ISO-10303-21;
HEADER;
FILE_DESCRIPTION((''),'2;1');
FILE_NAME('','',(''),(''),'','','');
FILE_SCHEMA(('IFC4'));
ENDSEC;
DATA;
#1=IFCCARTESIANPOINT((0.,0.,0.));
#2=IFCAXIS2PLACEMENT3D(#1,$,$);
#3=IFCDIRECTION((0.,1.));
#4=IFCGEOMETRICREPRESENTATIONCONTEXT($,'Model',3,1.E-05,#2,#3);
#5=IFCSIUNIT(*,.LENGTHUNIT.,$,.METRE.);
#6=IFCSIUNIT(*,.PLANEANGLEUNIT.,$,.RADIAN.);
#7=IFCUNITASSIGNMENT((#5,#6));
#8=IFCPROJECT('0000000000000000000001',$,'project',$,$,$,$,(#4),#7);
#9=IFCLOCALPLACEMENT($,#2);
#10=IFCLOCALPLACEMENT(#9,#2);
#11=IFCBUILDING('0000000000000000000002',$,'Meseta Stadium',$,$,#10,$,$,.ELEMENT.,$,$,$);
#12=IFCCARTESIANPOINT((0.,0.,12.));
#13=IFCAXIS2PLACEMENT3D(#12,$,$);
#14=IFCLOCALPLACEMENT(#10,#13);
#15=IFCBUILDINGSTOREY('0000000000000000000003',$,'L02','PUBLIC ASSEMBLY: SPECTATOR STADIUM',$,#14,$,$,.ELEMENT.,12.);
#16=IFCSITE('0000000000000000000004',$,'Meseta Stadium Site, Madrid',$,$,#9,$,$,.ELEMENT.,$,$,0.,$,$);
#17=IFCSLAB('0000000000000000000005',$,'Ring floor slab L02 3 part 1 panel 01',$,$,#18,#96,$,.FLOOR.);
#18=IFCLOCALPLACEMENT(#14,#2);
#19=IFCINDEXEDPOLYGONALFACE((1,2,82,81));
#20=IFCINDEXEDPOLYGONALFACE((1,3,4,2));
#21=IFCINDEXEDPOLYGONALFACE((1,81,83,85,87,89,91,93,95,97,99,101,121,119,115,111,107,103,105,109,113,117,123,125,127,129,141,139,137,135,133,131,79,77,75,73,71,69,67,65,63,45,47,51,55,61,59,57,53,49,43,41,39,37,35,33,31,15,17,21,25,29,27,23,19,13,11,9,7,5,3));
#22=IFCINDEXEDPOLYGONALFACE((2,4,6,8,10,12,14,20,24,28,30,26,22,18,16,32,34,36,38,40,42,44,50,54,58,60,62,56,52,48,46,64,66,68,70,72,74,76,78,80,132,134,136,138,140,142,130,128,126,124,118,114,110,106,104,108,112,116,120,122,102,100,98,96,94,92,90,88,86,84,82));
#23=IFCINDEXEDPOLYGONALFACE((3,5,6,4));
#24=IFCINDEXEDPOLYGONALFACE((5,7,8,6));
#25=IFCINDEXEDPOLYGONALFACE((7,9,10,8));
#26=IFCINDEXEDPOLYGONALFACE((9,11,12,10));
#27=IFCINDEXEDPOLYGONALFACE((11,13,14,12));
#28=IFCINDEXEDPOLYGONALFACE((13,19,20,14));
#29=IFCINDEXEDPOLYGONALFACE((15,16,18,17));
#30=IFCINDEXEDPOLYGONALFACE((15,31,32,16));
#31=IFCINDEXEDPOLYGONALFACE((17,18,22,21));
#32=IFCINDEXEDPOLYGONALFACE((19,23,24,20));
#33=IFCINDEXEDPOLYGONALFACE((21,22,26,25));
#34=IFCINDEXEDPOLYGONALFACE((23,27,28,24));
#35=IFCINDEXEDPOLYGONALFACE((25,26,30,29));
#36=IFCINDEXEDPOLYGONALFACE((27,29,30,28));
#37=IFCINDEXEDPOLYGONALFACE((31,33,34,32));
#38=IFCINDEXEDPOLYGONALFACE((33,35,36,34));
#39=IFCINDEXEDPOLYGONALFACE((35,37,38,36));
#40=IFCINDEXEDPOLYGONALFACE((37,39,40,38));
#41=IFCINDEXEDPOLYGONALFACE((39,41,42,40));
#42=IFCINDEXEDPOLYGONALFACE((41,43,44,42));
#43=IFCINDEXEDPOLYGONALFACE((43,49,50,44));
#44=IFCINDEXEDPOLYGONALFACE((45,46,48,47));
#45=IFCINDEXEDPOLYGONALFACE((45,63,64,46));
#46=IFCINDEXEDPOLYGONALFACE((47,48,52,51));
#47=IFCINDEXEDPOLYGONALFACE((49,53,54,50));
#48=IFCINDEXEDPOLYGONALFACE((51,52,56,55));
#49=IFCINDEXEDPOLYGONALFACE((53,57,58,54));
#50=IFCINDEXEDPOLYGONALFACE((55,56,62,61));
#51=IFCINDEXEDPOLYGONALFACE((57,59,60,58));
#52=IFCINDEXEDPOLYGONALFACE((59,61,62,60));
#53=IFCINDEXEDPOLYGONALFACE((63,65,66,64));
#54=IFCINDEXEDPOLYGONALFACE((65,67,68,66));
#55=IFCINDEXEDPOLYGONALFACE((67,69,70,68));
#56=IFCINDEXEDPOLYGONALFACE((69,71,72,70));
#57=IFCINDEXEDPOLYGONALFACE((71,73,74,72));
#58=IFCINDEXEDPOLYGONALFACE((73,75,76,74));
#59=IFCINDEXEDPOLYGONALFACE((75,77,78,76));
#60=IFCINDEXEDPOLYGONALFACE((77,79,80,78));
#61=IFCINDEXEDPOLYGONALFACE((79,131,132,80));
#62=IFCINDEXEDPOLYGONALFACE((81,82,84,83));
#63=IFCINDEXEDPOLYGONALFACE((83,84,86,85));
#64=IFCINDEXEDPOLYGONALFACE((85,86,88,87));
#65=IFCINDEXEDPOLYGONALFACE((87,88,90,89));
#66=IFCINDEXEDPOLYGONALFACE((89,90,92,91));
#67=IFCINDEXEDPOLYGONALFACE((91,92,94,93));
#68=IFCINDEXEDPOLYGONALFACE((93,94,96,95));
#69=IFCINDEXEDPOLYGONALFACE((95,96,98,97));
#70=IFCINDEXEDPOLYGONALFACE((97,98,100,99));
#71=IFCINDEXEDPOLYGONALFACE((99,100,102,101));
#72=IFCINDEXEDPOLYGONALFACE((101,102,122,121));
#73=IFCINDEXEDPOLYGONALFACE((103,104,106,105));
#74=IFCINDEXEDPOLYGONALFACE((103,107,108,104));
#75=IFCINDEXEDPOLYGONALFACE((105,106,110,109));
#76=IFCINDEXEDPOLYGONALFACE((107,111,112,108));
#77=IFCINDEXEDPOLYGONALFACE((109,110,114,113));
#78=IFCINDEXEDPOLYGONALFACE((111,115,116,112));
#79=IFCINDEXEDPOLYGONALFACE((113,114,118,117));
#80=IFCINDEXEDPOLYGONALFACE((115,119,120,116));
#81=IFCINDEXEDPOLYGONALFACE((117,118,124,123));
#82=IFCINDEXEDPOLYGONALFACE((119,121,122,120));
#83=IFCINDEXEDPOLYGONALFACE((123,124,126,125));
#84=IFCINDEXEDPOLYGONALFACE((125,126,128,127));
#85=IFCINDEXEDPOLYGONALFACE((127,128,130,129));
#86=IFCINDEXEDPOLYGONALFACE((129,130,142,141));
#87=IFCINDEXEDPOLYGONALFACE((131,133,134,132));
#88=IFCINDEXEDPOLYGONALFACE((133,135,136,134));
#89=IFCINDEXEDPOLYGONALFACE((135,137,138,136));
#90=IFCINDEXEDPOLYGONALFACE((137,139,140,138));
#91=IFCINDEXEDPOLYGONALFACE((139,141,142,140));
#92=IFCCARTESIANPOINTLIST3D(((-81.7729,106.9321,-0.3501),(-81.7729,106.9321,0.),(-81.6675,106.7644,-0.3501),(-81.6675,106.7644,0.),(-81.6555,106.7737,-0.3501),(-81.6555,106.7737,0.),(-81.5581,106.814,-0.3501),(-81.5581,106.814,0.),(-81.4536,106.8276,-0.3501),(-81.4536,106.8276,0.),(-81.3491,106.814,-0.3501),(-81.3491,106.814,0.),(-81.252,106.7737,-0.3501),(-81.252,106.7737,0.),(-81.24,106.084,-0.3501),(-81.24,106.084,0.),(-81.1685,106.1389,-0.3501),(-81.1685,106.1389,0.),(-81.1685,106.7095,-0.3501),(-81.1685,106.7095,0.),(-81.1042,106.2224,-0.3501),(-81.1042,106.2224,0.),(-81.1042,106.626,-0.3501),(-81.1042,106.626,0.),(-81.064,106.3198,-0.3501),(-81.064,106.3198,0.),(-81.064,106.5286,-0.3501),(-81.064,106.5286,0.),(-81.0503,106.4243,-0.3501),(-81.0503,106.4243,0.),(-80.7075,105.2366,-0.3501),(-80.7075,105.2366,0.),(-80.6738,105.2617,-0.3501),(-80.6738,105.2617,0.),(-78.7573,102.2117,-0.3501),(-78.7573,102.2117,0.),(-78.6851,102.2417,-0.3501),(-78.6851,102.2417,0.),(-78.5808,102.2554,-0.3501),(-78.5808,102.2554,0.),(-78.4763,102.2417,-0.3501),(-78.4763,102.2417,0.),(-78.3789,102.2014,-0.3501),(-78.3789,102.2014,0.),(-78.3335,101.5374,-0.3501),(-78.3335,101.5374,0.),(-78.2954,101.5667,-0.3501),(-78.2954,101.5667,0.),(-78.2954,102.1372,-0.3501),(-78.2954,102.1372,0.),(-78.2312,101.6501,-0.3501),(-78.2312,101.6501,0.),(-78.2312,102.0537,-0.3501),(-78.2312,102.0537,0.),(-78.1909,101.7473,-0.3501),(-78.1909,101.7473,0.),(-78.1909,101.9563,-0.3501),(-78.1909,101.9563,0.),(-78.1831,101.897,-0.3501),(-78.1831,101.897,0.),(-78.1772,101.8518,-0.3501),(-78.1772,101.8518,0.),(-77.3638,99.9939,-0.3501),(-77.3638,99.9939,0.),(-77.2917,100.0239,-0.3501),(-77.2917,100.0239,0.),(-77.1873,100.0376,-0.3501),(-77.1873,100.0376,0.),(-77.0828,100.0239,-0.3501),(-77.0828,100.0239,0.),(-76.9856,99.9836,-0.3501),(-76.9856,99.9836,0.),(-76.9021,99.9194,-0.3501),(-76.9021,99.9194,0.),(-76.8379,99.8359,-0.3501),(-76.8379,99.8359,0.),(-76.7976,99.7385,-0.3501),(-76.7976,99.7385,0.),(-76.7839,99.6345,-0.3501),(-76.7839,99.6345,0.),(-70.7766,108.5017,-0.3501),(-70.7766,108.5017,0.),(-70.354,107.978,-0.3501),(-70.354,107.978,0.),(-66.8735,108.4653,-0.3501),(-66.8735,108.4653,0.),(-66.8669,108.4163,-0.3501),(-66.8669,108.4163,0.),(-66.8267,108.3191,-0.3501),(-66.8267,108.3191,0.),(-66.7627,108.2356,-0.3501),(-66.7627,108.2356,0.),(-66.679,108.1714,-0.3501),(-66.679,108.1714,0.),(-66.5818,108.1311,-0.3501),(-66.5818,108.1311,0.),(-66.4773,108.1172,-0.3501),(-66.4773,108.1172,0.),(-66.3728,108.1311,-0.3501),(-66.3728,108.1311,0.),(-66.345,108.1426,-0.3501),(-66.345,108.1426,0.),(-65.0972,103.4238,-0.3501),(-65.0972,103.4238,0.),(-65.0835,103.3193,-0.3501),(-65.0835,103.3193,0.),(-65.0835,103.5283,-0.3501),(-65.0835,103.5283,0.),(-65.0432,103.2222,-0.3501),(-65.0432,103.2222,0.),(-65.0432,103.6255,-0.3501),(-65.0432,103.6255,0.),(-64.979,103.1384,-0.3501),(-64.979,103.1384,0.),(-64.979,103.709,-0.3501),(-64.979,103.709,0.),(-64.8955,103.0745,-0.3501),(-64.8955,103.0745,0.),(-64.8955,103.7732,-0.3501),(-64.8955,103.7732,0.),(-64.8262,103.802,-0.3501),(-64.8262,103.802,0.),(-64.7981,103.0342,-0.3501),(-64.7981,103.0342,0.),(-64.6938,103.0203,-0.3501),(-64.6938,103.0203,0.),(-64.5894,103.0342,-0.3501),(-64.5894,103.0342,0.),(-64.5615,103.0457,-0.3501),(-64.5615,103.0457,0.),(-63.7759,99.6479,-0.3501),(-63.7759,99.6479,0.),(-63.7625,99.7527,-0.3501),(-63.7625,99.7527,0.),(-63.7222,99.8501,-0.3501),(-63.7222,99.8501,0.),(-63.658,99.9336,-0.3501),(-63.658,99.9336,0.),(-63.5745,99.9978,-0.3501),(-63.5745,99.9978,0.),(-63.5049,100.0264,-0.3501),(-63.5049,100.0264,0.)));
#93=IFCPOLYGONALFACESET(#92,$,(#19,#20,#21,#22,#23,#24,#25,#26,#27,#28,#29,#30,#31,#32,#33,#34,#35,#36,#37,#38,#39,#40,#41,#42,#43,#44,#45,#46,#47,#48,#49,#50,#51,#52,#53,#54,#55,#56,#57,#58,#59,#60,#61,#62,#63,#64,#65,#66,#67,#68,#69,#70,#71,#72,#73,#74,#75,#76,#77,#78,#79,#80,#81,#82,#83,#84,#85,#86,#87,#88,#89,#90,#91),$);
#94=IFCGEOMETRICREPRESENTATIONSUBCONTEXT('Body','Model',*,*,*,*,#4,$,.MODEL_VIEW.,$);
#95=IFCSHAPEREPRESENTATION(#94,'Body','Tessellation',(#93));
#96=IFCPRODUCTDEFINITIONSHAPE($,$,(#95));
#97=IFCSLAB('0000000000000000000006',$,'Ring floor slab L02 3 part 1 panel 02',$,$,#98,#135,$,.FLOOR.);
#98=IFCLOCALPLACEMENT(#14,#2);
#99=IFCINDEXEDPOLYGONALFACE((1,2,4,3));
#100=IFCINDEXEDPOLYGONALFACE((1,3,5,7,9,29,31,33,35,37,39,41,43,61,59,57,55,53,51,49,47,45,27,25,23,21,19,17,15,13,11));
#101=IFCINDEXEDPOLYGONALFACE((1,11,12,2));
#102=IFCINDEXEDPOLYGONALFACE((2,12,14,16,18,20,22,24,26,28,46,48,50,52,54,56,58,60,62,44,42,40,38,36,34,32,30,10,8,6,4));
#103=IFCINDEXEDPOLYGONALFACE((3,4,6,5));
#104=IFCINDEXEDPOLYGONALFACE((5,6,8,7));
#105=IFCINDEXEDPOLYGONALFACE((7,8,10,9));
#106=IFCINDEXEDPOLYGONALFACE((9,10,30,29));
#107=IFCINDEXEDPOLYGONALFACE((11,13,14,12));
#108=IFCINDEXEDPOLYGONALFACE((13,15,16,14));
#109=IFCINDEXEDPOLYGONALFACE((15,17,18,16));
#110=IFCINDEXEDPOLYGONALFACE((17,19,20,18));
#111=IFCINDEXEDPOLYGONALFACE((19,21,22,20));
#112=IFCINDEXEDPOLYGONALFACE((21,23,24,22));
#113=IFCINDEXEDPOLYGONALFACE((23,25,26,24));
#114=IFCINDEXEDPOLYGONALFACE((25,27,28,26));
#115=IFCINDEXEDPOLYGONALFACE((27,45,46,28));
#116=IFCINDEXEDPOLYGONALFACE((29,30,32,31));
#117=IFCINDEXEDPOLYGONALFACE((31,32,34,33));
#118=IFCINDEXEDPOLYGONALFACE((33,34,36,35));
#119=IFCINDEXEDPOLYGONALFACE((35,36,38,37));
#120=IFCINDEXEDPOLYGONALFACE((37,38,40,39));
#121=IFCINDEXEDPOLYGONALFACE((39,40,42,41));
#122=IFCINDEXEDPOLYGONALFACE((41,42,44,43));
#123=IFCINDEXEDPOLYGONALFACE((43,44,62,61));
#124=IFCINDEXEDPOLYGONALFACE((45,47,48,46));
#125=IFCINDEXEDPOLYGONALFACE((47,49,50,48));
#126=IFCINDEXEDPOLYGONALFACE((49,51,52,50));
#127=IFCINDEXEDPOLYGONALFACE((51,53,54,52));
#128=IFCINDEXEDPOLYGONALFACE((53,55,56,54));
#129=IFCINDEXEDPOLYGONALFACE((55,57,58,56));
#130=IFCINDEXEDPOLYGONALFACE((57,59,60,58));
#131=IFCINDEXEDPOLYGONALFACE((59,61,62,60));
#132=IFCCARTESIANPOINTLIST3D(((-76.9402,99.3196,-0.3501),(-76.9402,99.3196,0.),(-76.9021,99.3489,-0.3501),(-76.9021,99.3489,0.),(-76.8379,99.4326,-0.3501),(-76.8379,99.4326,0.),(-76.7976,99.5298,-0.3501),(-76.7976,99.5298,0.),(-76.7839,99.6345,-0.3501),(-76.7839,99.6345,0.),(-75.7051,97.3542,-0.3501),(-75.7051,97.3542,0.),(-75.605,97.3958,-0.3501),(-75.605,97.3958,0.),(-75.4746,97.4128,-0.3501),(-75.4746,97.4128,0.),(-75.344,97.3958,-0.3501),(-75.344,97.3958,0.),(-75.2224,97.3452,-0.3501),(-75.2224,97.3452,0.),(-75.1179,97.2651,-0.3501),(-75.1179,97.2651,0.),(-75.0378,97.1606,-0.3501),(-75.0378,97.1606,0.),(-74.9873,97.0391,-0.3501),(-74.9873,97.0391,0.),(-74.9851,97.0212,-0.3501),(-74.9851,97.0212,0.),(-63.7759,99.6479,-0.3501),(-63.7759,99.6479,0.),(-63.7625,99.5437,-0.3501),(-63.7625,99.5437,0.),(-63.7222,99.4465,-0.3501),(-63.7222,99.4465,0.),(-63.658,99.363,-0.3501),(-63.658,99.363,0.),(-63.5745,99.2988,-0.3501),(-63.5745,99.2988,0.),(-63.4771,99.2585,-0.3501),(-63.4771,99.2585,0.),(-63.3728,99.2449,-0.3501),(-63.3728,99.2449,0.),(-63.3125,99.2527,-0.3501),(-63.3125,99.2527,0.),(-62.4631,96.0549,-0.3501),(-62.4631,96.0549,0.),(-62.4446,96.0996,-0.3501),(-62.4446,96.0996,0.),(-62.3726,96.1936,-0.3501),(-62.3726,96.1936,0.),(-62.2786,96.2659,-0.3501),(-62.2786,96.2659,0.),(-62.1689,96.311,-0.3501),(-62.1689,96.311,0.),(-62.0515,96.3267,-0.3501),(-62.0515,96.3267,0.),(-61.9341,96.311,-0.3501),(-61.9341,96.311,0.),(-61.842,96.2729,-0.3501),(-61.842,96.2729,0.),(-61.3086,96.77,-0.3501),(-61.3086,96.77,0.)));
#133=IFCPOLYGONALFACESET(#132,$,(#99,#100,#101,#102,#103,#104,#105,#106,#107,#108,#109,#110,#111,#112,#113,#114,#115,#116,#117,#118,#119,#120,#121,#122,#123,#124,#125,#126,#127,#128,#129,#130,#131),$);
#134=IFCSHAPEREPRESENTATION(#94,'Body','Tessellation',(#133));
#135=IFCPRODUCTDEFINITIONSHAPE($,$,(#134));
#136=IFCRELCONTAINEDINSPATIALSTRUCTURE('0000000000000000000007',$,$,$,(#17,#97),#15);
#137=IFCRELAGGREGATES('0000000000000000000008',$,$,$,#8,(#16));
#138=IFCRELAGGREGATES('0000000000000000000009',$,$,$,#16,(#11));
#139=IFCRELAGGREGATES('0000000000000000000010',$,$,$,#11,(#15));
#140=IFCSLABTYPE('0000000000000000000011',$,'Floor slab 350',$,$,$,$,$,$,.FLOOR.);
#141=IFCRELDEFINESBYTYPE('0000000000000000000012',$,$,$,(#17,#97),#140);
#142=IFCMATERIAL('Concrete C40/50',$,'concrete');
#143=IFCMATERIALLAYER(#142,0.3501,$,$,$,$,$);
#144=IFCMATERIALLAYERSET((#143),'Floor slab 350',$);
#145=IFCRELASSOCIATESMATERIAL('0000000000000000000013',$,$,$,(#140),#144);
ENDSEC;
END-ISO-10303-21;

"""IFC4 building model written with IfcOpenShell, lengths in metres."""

from ifc_helpers import new_model, si_unit, direction, frame, origin, place, context, subcontext, project, spatial, polyline, outline, extrude, material, layer, layer_set, type_object, element, save


model = new_model("IFC4")

# Units and contexts
model_context = context("Model", 3, precision=1e-05, world=origin(), true_north=direction((0.0, 1.0)))
body_context = subcontext(model_context, "Body", "Model", "MODEL_VIEW")
ifc_project = project(units=[si_unit("LENGTHUNIT", "METRE"), si_unit("PLANEANGLEUNIT", "RADIAN")], contexts=[model_context])

# Site, building, storey
site_placement = place(None, origin())
site = spatial("IfcSite", under=ifc_project, at=site_placement, Name="Meseta Stadium Site, Madrid", CompositionType="ELEMENT", RefElevation=0.0)
building_placement = place(site_placement, origin())
building = spatial("IfcBuilding", under=site, at=building_placement, Name="Meseta Stadium", CompositionType="ELEMENT")
storey_placement = place(building_placement, frame((0.0, 0.0, 12.0)))
storey = spatial("IfcBuildingStorey", under=building, at=storey_placement, Name="L02", Description="PUBLIC ASSEMBLY: SPECTATOR STADIUM", CompositionType="ELEMENT", Elevation=12.0)

# Slabs
ifc_material_1 = material(Name="Concrete C40/50", Category="concrete")
ifc_layer_1 = layer(ifc_material_1, 0.3501)
ifc_layer_set_1 = layer_set([ifc_layer_1], Name="Floor slab 350")
slab_type_1 = type_object("IfcSlabType", Name="Floor slab 350", PredefinedType="FLOOR", material=ifc_layer_set_1)
slab_1_placement = place(storey_placement, frame((0.0, 0.0, -0.3501)))
element("IfcSlab", 1, at=slab_1_placement, inside=storey, type_object=slab_type_1, Name="Ring floor slab L02 3 part 1 panel 01", PredefinedType="FLOOR", context=body_context, shape_type="SweptSolid", body=[
    extrude(outline(polyline([(-81.24, 106.084), (-80.7075, 105.2366), (-80.6738, 105.2617), (-78.7573, 102.2117), (-78.6851, 102.2417), (-78.5808, 102.2554), (-78.4763, 102.2417), (-78.3789, 102.2014), (-78.2954, 102.1372), (-78.2312, 102.0537), (-78.1909, 101.9563), (-78.1831, 101.897), (-78.1772, 101.8518), (-78.1909, 101.7473), (-78.2312, 101.6501), (-78.2954, 101.5667), (-78.3335, 101.5374), (-77.3638, 99.9939), (-77.2917, 100.0239), (-77.1873, 100.0376), (-77.0828, 100.0239), (-76.9856, 99.9836), (-76.9021, 99.9194), (-76.8379, 99.8359), (-76.7976, 99.7385), (-76.7839, 99.6345), (-63.7759, 99.6479), (-63.7625, 99.7527), (-63.7222, 99.8501), (-63.658, 99.9336), (-63.5745, 99.9978), (-63.5049, 100.0264), (-64.5615, 103.0457), (-64.5894, 103.0342), (-64.6938, 103.0203), (-64.7981, 103.0342), (-64.8955, 103.0745), (-64.979, 103.1384), (-65.0432, 103.2222), (-65.0835, 103.3193), (-65.0972, 103.4238), (-65.0835, 103.5283), (-65.0432, 103.6255), (-64.979, 103.709), (-64.8955, 103.7732), (-64.8262, 103.802), (-66.345, 108.1426), (-66.3728, 108.1311), (-66.4773, 108.1172), (-66.5818, 108.1311), (-66.679, 108.1714), (-66.7627, 108.2356), (-66.8267, 108.3191), (-66.8669, 108.4163), (-66.8735, 108.4653), (-70.354, 107.978), (-70.7766, 108.5017), (-81.7729, 106.9321), (-81.6675, 106.7644), (-81.6555, 106.7737), (-81.5581, 106.814), (-81.4536, 106.8276), (-81.3491, 106.814), (-81.252, 106.7737), (-81.1685, 106.7095), (-81.1042, 106.626), (-81.064, 106.5286), (-81.0503, 106.4243), (-81.064, 106.3198), (-81.1042, 106.2224), (-81.1685, 106.1389), (-81.24, 106.084)])), origin(), (0.0, 0.0, 1.0), 0.3501),
])
slab_2_placement = place(storey_placement, frame((0.0, 0.0, -0.3501)))
element("IfcSlab", 2, at=slab_2_placement, inside=storey, type_object=slab_type_1, Name="Ring floor slab L02 3 part 1 panel 02", PredefinedType="FLOOR", context=body_context, shape_type="SweptSolid", body=[
    extrude(outline(polyline([(-76.9021, 99.3489), (-76.9402, 99.3196), (-75.7051, 97.3542), (-75.605, 97.3958), (-75.4746, 97.4128), (-75.344, 97.3958), (-75.2224, 97.3452), (-75.1179, 97.2651), (-75.0378, 97.1606), (-74.9873, 97.0391), (-74.9851, 97.0212), (-62.4631, 96.0549), (-62.4446, 96.0996), (-62.3726, 96.1936), (-62.2786, 96.2659), (-62.1689, 96.311), (-62.0515, 96.3267), (-61.9341, 96.311), (-61.842, 96.2729), (-61.3086, 96.77), (-63.3125, 99.2527), (-63.3728, 99.2449), (-63.4771, 99.2585), (-63.5745, 99.2988), (-63.658, 99.363), (-63.7222, 99.4465), (-63.7625, 99.5437), (-63.7759, 99.6479), (-76.7839, 99.6345), (-76.7976, 99.5298), (-76.8379, 99.4326), (-76.9021, 99.3489)])), origin(), (0.0, 0.0, 1.0), 0.3501),
])

save(model, "model.ifc")
